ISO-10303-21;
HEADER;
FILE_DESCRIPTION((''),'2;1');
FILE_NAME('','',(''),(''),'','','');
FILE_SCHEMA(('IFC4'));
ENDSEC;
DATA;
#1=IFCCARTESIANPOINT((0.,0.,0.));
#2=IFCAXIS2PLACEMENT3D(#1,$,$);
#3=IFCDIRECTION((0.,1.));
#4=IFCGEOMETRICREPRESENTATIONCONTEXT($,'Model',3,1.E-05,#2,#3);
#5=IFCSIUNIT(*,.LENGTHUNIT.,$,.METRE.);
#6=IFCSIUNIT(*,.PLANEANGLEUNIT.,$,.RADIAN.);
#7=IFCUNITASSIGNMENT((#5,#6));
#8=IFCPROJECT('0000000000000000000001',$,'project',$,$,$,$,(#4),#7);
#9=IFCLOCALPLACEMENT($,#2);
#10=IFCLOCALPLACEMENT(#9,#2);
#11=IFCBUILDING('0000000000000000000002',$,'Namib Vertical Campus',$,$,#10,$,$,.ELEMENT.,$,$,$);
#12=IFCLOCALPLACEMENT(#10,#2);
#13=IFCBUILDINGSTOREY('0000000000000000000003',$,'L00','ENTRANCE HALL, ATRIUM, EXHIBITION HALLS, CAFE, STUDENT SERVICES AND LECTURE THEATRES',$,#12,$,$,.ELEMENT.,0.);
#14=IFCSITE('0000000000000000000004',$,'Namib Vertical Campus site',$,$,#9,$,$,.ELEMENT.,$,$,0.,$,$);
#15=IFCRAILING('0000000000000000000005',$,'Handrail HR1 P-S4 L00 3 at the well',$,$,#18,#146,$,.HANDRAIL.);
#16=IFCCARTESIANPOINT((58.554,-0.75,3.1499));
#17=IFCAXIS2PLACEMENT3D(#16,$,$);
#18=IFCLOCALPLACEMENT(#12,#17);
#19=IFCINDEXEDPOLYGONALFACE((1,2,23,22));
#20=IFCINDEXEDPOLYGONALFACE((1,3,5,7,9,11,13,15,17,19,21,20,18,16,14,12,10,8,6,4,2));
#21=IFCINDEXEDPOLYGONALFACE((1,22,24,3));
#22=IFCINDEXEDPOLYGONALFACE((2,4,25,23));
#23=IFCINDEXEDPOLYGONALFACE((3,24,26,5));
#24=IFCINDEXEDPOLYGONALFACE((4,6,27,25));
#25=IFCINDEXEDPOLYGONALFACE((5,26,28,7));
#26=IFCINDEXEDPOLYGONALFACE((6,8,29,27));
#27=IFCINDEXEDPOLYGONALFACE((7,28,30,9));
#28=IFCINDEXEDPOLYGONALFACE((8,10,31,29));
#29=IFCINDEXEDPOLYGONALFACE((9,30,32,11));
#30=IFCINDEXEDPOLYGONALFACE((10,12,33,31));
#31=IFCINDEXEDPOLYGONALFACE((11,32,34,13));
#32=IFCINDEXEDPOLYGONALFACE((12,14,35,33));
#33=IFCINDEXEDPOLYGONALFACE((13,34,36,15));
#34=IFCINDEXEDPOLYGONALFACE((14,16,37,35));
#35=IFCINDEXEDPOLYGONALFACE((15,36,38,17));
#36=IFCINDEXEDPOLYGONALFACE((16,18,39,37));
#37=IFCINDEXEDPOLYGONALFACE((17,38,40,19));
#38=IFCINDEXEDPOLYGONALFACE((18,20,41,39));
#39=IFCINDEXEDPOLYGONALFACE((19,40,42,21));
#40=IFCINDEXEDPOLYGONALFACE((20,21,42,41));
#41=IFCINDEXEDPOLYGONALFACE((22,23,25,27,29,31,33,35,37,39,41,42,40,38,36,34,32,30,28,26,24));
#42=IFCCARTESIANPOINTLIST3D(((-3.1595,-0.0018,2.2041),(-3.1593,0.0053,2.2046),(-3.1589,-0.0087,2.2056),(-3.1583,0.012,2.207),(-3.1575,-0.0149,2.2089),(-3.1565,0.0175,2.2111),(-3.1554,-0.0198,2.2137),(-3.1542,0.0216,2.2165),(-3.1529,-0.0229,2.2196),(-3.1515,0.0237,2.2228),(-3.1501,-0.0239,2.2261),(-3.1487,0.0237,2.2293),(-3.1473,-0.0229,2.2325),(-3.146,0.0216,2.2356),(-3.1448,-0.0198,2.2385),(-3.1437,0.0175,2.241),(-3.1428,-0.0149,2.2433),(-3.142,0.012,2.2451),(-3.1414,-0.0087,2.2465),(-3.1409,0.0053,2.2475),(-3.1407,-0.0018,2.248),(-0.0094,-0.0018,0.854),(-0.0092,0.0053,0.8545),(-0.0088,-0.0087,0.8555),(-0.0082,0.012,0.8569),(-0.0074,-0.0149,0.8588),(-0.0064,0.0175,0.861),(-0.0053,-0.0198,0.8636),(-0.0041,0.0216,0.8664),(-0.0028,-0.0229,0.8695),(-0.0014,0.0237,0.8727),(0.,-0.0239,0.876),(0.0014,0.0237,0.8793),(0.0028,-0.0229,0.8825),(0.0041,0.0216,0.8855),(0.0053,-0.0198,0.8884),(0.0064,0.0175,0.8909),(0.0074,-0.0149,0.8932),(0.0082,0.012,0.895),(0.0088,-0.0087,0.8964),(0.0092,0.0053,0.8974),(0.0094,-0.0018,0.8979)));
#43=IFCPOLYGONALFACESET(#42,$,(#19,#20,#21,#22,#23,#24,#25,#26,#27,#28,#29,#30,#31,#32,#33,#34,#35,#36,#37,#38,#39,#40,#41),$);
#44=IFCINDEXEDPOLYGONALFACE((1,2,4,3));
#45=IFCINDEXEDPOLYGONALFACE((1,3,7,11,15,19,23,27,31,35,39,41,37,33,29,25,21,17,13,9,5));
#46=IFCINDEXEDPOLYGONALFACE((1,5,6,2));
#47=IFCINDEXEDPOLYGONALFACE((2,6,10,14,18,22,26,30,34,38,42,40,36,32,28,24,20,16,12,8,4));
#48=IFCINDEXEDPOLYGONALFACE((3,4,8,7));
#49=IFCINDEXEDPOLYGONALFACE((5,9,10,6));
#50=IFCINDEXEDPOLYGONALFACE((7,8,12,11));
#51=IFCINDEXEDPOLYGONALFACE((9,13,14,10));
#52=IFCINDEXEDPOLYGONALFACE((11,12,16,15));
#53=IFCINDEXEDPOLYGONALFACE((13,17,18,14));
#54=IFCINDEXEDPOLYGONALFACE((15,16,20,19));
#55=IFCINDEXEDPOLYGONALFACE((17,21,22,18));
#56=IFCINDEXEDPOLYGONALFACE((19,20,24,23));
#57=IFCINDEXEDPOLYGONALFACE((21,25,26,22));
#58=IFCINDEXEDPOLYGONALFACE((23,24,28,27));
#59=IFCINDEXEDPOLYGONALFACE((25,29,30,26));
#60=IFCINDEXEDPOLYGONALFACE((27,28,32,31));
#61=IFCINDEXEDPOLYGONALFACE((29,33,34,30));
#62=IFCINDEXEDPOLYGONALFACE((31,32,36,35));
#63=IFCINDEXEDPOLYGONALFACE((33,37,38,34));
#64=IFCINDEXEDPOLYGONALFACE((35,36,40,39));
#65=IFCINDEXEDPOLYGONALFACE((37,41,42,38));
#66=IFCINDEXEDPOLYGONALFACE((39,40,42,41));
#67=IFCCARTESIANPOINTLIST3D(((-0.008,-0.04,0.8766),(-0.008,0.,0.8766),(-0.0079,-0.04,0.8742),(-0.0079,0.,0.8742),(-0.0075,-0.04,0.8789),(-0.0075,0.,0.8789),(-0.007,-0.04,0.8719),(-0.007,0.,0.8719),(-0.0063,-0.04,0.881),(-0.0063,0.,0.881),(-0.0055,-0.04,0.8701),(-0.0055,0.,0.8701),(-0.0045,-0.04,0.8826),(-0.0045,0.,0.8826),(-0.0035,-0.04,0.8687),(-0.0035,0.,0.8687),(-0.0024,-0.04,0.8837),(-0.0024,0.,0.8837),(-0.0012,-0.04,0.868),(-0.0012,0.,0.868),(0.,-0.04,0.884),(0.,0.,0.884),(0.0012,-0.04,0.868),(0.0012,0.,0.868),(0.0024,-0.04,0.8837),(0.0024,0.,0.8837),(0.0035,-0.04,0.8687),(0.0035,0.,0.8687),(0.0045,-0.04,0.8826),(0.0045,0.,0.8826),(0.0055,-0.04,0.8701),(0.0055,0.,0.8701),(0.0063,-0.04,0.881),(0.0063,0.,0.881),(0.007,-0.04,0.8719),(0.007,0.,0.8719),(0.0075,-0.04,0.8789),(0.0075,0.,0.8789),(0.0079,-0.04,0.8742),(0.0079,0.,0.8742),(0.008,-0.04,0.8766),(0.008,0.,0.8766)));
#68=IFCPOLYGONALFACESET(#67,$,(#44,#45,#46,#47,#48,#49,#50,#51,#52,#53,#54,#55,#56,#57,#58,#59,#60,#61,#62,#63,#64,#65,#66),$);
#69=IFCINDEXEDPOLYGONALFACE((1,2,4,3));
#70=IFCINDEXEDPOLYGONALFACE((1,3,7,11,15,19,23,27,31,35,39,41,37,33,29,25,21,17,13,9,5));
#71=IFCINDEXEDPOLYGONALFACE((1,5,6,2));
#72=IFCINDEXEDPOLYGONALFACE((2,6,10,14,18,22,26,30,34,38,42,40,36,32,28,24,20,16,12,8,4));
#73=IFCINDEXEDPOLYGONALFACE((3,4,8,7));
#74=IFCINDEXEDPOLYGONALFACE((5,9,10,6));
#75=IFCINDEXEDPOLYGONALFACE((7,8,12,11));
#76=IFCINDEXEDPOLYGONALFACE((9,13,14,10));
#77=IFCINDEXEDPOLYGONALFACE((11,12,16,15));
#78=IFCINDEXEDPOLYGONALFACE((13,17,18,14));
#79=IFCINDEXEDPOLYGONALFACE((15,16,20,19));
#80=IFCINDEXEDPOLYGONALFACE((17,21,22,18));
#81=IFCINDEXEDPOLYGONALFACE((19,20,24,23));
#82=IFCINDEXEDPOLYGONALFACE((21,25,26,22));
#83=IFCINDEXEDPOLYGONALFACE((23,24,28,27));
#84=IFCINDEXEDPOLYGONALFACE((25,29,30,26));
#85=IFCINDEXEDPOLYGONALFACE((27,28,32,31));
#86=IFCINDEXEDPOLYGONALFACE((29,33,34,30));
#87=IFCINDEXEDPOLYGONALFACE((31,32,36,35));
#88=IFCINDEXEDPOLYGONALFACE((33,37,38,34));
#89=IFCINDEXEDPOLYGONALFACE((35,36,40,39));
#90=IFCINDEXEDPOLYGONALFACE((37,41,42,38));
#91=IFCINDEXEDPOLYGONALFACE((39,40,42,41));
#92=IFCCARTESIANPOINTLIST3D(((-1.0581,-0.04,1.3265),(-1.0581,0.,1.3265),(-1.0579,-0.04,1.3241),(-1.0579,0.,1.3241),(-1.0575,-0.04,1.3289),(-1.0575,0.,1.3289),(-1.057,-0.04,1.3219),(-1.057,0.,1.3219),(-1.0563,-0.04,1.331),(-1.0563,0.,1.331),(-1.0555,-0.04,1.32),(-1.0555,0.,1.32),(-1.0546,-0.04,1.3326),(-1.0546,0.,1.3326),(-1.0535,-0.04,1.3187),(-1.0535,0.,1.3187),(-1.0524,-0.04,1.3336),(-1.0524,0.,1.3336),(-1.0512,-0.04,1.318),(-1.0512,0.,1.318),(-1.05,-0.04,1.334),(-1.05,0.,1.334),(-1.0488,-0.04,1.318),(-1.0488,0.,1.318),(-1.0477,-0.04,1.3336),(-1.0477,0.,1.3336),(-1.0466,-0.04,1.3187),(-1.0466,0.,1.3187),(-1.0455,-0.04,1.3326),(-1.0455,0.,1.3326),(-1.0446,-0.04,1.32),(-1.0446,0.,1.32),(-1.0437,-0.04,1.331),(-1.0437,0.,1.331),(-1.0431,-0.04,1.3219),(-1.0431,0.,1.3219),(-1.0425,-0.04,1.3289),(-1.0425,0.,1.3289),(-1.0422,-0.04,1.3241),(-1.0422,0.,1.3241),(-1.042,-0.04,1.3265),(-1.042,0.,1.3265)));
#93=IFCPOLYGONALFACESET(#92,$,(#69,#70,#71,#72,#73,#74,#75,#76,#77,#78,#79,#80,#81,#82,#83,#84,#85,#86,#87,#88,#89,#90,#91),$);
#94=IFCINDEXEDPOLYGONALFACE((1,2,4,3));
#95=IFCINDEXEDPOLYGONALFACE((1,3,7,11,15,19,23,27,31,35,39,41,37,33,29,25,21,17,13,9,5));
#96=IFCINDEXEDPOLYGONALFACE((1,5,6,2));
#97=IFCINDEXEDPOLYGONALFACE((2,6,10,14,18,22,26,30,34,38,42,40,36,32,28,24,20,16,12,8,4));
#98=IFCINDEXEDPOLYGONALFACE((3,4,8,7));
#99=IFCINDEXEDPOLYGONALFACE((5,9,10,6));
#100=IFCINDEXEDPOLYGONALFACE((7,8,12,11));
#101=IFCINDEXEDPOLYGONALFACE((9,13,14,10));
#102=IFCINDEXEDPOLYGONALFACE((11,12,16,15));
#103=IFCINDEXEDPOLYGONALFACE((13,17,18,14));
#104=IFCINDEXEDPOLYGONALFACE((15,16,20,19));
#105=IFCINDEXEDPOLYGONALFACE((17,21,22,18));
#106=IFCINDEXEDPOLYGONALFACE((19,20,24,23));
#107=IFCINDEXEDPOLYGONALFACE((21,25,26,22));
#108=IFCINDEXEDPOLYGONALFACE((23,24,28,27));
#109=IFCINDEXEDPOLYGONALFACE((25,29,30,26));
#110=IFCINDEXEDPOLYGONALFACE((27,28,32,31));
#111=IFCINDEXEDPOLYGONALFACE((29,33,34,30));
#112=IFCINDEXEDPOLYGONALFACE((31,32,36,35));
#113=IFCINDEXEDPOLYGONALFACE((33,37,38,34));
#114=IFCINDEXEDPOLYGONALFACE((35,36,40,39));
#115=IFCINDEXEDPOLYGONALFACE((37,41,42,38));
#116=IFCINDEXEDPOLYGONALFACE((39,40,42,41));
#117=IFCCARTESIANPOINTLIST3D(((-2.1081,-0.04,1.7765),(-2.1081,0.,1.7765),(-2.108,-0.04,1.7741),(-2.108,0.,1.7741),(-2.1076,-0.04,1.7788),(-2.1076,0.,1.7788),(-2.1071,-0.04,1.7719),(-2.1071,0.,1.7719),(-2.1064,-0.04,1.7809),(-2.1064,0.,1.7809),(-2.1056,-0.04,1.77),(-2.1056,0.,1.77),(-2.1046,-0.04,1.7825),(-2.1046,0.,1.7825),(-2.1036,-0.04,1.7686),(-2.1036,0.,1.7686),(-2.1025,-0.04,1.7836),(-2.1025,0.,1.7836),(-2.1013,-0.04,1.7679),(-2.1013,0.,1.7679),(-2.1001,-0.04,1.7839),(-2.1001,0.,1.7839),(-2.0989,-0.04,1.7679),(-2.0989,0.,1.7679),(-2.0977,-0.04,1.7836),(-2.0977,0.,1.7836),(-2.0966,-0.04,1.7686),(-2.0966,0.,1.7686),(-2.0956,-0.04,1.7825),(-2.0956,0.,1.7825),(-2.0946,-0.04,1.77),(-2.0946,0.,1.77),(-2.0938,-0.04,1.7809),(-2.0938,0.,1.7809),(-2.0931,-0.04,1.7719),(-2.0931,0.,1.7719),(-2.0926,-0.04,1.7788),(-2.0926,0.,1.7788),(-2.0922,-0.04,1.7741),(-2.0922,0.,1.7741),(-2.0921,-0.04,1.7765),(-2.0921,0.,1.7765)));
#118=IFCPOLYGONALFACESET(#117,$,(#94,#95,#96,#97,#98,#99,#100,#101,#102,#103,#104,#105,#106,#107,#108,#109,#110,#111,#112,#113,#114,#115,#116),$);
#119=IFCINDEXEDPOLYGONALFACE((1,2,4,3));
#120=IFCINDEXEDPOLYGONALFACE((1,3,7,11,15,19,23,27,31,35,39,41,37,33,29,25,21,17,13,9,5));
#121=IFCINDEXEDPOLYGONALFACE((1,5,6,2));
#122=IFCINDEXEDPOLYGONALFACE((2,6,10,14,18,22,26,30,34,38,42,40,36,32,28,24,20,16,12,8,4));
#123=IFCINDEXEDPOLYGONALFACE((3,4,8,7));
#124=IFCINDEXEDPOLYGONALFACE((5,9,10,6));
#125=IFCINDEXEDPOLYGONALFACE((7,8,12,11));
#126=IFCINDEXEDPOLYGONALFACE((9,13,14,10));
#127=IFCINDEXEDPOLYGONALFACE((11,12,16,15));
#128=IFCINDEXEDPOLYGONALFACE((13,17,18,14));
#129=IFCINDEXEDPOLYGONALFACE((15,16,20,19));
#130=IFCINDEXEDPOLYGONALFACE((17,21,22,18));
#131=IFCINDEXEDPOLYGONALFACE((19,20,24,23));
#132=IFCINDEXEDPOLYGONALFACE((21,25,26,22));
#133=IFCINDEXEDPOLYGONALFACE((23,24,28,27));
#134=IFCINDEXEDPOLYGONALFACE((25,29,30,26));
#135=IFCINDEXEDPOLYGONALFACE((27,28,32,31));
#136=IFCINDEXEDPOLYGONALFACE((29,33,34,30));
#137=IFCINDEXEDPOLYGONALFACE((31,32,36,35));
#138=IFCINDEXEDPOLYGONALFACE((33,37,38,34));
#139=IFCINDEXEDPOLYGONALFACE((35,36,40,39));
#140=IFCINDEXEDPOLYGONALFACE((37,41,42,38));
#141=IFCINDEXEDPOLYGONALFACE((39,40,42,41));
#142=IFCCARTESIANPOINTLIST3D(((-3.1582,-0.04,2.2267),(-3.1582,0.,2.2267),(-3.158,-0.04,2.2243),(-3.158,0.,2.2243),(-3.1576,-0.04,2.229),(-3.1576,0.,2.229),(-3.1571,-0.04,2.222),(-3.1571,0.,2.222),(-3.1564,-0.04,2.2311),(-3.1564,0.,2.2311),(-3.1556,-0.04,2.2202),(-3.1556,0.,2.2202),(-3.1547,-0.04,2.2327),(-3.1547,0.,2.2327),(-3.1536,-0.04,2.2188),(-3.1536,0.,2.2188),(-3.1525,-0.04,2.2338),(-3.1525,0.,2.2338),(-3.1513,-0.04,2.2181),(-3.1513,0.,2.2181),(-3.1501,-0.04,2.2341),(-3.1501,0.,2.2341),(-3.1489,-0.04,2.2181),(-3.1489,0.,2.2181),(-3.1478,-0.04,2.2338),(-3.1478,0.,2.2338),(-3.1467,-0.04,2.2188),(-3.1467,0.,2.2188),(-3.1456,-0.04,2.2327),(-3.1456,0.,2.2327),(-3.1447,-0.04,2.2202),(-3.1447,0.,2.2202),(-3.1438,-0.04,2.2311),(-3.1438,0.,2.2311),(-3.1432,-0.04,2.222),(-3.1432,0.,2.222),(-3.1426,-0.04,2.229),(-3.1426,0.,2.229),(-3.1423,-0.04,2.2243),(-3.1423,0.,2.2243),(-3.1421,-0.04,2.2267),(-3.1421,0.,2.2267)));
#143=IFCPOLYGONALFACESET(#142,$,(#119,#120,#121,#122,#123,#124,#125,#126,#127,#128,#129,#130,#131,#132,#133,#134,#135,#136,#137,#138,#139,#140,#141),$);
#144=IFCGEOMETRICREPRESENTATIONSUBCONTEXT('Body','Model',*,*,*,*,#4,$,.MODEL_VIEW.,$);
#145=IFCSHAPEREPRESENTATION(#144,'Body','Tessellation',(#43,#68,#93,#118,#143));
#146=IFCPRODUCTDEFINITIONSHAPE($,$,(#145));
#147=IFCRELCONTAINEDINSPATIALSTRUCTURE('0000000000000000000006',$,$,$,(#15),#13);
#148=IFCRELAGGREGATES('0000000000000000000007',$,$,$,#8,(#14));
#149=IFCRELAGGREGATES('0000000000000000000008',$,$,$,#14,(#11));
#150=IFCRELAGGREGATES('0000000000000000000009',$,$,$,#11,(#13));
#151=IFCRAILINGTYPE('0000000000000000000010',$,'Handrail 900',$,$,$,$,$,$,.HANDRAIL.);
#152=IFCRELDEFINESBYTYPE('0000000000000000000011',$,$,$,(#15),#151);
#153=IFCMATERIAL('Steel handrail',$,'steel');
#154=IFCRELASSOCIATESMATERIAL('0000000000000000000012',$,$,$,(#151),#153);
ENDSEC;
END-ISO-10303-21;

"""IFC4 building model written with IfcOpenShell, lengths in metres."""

from ifc_helpers import new_model, si_unit, direction, frame, origin, origin_2d, place, context, subcontext, project, spatial, circle, extrude, material, type_object, element, save


model = new_model("IFC4")

# Units and contexts
model_context = context("Model", 3, precision=1e-05, world=origin(), true_north=direction((0.0, 1.0)))
body_context = subcontext(model_context, "Body", "Model", "MODEL_VIEW")
ifc_project = project(units=[si_unit("LENGTHUNIT", "METRE"), si_unit("PLANEANGLEUNIT", "RADIAN")], contexts=[model_context])

# Site, building, storey
site_placement = place(None, origin())
site = spatial("IfcSite", under=ifc_project, at=site_placement, Name="Namib Vertical Campus site", CompositionType="ELEMENT", RefElevation=0.0)
building_placement = place(site_placement, origin())
building = spatial("IfcBuilding", under=site, at=building_placement, Name="Namib Vertical Campus", CompositionType="ELEMENT")
storey_placement = place(building_placement, origin())
storey = spatial("IfcBuildingStorey", under=building, at=storey_placement, Name="L00", Description="ENTRANCE HALL, ATRIUM, EXHIBITION HALLS, CAFE, STUDENT SERVICES AND LECTURE THEATRES", CompositionType="ELEMENT", Elevation=0.0)

# Railing
ifc_material_1 = material(Name="Steel handrail", Category="steel")
railing_type_1 = type_object("IfcRailingType", Name="Handrail 900", PredefinedType="HANDRAIL", material=ifc_material_1)
railing_1_placement = place(storey_placement, frame((58.554, -0.75, 3.1499)))
element("IfcRailing", 1, at=railing_1_placement, inside=storey, type_object=railing_type_1, Name="Handrail HR1 P-S4 L00 3 at the well", PredefinedType="HANDRAIL", context=body_context, shape_type="SweptSolid", body=[
    extrude(circle(Radius=0.0239, at=origin_2d()), frame((0.0, 0.0, 0.876), z_axis=(-0.919141, 0.0, 0.393928), x_axis=(0.0, -1.0, 0.0)), (0.0, 0.0, 1.0), 3.4272),
    extrude(circle(Radius=0.0081, at=origin_2d()), frame((0.0, 0.0, 0.876), z_axis=(0.0, -1.0, 0.0), x_axis=(0.0, 0.0, 1.0)), (0.0, 0.0, 1.0), 0.04),
    extrude(circle(Radius=0.0081, at=origin_2d()), frame((-1.05, 0.0, 1.3259), z_axis=(0.0, -1.0, 0.0), x_axis=(0.0, 0.0, 1.0)), (0.0, 0.0, 1.0), 0.04),
    extrude(circle(Radius=0.0081, at=origin_2d()), frame((-2.1001, 0.0, 1.7759), z_axis=(0.0, -1.0, 0.0), x_axis=(0.0, 0.0, 1.0)), (0.0, 0.0, 1.0), 0.04),
    extrude(circle(Radius=0.0081, at=origin_2d()), frame((-3.1501, 0.0, 2.2261), z_axis=(0.0, -1.0, 0.0), x_axis=(0.0, 0.0, 1.0)), (0.0, 0.0, 1.0), 0.04),
])

save(model, "model.ifc")
